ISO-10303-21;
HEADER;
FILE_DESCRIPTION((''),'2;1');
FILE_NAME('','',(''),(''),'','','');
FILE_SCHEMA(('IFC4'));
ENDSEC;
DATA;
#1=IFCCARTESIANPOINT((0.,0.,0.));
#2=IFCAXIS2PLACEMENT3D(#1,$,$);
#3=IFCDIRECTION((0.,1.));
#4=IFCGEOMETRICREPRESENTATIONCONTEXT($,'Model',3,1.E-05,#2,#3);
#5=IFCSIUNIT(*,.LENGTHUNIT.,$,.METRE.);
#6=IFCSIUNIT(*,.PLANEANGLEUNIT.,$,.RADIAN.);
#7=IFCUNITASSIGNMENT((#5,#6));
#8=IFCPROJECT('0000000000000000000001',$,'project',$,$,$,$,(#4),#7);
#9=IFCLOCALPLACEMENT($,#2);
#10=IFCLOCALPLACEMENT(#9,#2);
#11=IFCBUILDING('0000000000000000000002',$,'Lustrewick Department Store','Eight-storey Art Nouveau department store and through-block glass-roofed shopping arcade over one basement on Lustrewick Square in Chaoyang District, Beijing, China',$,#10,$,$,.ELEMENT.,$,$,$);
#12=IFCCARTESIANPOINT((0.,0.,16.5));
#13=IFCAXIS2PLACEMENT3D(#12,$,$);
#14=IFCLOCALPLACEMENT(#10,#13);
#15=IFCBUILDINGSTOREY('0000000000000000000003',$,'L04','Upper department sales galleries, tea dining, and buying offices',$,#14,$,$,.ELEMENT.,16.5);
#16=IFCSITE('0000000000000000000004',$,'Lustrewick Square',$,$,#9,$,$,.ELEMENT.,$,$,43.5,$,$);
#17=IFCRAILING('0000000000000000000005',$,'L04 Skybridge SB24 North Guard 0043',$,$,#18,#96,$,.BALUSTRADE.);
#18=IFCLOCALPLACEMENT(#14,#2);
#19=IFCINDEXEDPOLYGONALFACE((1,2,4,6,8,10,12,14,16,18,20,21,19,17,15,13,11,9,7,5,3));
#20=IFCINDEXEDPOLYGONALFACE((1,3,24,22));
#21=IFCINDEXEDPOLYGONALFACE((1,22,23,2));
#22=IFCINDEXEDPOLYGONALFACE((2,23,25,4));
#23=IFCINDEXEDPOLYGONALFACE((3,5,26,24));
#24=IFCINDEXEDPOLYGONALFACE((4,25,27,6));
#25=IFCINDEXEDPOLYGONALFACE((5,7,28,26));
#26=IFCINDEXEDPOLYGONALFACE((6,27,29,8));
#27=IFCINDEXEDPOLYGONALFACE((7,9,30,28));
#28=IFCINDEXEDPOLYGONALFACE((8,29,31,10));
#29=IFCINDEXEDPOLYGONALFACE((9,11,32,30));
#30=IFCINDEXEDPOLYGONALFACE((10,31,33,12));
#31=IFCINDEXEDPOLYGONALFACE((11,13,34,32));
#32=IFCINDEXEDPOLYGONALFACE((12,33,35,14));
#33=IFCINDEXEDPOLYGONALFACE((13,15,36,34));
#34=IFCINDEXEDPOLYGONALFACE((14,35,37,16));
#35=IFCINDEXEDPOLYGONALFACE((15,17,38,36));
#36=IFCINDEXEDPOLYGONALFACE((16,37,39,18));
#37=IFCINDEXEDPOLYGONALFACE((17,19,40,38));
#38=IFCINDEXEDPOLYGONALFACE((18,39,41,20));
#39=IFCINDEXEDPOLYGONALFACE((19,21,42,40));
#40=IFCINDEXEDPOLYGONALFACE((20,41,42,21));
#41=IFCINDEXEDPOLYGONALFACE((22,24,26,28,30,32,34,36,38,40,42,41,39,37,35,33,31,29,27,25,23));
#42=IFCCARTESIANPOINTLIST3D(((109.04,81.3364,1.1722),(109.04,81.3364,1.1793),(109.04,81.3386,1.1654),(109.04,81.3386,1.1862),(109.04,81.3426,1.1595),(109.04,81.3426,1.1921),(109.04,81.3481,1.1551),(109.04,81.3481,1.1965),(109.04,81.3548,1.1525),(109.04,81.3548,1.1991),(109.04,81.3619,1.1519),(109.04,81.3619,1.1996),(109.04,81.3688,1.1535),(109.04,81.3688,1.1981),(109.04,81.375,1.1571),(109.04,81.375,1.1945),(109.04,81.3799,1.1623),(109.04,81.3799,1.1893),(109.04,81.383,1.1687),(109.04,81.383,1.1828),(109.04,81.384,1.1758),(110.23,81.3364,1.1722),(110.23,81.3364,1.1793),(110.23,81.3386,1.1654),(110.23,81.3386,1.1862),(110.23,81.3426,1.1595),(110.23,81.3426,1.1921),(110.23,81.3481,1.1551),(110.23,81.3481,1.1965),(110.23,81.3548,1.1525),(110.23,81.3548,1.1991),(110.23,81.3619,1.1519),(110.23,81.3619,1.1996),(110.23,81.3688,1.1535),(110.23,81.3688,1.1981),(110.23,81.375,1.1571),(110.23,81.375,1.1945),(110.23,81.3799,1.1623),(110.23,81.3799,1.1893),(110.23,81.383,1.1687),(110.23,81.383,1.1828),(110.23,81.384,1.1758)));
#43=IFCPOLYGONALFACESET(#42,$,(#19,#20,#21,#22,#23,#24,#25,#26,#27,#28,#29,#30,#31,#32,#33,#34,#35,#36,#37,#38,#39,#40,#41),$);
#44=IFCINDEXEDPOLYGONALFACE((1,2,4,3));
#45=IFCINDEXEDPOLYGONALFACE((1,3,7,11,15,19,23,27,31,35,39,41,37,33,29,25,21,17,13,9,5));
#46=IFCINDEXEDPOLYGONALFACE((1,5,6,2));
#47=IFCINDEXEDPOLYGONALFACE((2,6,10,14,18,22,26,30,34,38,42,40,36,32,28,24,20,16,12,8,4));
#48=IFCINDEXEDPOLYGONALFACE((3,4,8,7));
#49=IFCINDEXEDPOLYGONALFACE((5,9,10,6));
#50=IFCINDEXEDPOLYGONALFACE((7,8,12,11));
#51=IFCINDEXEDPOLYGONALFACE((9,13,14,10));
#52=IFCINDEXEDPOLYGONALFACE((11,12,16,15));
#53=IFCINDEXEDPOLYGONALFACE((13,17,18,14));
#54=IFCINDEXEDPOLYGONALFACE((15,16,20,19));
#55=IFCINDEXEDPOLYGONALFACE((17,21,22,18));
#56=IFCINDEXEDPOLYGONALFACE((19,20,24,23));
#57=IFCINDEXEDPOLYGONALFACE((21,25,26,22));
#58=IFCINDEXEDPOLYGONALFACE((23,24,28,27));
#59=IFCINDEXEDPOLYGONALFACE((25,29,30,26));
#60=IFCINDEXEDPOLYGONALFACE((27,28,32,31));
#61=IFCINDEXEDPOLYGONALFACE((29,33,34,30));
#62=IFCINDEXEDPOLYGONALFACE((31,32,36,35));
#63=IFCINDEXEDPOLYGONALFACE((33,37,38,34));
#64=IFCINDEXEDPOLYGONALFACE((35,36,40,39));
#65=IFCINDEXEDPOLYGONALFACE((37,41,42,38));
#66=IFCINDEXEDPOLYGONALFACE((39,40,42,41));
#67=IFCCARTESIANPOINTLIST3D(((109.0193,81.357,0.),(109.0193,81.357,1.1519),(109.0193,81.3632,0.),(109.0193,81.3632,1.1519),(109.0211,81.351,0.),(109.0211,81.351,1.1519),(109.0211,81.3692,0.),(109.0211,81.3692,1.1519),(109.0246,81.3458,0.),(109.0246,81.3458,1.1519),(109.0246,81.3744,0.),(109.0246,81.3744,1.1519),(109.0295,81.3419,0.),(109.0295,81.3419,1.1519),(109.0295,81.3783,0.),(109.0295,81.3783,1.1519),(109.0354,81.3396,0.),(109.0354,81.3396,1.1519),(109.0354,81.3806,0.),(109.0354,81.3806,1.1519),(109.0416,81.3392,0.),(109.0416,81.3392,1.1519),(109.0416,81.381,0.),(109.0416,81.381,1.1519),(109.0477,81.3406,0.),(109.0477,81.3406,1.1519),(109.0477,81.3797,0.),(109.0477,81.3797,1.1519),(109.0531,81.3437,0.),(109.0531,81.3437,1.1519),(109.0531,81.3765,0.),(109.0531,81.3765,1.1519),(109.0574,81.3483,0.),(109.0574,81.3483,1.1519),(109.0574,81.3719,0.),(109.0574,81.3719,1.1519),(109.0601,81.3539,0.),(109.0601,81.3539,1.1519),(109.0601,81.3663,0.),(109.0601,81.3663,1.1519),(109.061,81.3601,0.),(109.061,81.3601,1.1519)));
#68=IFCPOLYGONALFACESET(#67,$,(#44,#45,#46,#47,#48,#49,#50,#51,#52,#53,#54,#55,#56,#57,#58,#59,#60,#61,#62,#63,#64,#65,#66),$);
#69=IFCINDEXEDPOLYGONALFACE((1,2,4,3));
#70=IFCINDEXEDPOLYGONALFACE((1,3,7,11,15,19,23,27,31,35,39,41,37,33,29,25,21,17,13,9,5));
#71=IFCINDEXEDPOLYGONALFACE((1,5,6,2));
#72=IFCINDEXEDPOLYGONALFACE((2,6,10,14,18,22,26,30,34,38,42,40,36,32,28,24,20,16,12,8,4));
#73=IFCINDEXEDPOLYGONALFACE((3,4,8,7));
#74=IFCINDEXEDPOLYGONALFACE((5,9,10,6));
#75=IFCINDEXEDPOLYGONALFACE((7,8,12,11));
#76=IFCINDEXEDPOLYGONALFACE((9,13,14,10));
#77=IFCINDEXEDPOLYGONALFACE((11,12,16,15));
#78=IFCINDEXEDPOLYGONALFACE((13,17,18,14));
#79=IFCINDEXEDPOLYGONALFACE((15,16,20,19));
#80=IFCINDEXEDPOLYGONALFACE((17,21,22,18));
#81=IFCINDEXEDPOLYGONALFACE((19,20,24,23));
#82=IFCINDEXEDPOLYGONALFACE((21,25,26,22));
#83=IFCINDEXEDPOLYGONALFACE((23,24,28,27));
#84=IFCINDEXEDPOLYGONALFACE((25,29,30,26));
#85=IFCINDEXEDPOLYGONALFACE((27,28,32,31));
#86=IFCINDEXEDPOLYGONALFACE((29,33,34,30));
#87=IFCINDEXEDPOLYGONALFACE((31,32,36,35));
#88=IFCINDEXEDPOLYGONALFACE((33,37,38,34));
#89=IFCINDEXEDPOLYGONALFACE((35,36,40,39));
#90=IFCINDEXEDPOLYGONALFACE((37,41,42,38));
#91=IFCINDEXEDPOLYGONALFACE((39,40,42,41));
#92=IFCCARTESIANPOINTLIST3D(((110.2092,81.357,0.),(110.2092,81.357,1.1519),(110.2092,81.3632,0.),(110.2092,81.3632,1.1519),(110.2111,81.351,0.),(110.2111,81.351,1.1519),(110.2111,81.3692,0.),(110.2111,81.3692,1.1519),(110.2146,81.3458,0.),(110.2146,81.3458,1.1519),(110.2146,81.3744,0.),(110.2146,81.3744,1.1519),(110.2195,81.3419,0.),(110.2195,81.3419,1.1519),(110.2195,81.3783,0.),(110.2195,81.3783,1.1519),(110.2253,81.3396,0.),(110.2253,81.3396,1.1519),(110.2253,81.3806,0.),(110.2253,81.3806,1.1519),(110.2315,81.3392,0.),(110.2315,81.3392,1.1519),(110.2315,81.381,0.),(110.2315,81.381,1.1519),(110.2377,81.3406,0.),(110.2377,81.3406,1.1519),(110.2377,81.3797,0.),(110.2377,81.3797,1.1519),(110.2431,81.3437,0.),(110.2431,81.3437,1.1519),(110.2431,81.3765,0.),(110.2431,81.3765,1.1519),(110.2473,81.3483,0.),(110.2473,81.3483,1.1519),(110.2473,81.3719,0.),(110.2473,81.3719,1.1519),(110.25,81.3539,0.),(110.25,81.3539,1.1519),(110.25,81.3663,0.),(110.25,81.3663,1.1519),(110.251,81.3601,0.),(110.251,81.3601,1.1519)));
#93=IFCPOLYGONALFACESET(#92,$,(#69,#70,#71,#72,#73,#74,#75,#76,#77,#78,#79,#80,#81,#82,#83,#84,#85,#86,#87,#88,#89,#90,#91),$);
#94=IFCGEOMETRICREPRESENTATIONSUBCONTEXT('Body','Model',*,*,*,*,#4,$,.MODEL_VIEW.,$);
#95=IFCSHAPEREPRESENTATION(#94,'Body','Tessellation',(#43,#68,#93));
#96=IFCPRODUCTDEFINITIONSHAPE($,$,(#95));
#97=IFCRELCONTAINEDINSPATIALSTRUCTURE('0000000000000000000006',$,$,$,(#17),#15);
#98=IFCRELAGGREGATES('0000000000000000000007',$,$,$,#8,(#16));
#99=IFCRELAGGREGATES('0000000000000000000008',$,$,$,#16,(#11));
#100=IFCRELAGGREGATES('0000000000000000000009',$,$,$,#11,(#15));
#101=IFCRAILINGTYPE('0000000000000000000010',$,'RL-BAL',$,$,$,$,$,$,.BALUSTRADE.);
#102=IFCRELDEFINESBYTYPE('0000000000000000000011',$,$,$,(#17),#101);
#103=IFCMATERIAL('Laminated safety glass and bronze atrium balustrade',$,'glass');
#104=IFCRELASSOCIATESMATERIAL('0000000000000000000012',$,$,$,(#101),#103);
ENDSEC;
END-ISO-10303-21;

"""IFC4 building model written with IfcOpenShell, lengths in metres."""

from ifc_helpers import new_model, si_unit, direction, frame, origin, origin_2d, place, context, subcontext, project, spatial, circle, extrude, material, type_object, element, save


model = new_model("IFC4")

# Units and contexts
model_context = context("Model", 3, precision=1e-05, world=origin(), true_north=direction((0.0, 1.0)))
body_context = subcontext(model_context, "Body", "Model", "MODEL_VIEW")
ifc_project = project(units=[si_unit("LENGTHUNIT", "METRE"), si_unit("PLANEANGLEUNIT", "RADIAN")], contexts=[model_context])

# Site, building, storey
site_placement = place(None, origin())
site = spatial("IfcSite", under=ifc_project, at=site_placement, Name="Lustrewick Square", CompositionType="ELEMENT", RefElevation=43.5)
building_placement = place(site_placement, origin())
building = spatial("IfcBuilding", under=site, at=building_placement, Name="Lustrewick Department Store", Description="Eight-storey Art Nouveau department store and through-block glass-roofed shopping arcade over one basement on Lustrewick Square in Chaoyang District, Beijing, China", CompositionType="ELEMENT")
storey_placement = place(building_placement, frame((0.0, 0.0, 16.5)))
storey = spatial("IfcBuildingStorey", under=building, at=storey_placement, Name="L04", Description="Upper department sales galleries, tea dining, and buying offices", CompositionType="ELEMENT", Elevation=16.5)

# Railing
ifc_material_1 = material(Name="Laminated safety glass and bronze atrium balustrade", Category="glass")
railing_type_1 = type_object("IfcRailingType", Name="RL-BAL", PredefinedType="BALUSTRADE", material=ifc_material_1)
railing_1_placement = place(storey_placement, frame((109.04, 81.3601, 0.0)))
element("IfcRailing", 1, at=railing_1_placement, inside=storey, type_object=railing_type_1, Name="L04 Skybridge SB24 North Guard 0043", PredefinedType="BALUSTRADE", context=body_context, shape_type="SweptSolid", body=[
    extrude(circle(Radius=0.0239, at=origin_2d()), frame((0.0, 0.0, 1.1758), z_axis=(1.0, 0.0, 0.0), x_axis=(0.0, 1.0, 0.0)), (0.0, 0.0, 1.0), 1.1899),
    extrude(circle(Radius=0.021, at=origin_2d()), origin(), (0.0, 0.0, 1.0), 1.1519),
    extrude(circle(Radius=0.021, at=origin_2d()), frame((1.1899, 0.0, 0.0)), (0.0, 0.0, 1.0), 1.1519),
])

save(model, "model.ifc")
